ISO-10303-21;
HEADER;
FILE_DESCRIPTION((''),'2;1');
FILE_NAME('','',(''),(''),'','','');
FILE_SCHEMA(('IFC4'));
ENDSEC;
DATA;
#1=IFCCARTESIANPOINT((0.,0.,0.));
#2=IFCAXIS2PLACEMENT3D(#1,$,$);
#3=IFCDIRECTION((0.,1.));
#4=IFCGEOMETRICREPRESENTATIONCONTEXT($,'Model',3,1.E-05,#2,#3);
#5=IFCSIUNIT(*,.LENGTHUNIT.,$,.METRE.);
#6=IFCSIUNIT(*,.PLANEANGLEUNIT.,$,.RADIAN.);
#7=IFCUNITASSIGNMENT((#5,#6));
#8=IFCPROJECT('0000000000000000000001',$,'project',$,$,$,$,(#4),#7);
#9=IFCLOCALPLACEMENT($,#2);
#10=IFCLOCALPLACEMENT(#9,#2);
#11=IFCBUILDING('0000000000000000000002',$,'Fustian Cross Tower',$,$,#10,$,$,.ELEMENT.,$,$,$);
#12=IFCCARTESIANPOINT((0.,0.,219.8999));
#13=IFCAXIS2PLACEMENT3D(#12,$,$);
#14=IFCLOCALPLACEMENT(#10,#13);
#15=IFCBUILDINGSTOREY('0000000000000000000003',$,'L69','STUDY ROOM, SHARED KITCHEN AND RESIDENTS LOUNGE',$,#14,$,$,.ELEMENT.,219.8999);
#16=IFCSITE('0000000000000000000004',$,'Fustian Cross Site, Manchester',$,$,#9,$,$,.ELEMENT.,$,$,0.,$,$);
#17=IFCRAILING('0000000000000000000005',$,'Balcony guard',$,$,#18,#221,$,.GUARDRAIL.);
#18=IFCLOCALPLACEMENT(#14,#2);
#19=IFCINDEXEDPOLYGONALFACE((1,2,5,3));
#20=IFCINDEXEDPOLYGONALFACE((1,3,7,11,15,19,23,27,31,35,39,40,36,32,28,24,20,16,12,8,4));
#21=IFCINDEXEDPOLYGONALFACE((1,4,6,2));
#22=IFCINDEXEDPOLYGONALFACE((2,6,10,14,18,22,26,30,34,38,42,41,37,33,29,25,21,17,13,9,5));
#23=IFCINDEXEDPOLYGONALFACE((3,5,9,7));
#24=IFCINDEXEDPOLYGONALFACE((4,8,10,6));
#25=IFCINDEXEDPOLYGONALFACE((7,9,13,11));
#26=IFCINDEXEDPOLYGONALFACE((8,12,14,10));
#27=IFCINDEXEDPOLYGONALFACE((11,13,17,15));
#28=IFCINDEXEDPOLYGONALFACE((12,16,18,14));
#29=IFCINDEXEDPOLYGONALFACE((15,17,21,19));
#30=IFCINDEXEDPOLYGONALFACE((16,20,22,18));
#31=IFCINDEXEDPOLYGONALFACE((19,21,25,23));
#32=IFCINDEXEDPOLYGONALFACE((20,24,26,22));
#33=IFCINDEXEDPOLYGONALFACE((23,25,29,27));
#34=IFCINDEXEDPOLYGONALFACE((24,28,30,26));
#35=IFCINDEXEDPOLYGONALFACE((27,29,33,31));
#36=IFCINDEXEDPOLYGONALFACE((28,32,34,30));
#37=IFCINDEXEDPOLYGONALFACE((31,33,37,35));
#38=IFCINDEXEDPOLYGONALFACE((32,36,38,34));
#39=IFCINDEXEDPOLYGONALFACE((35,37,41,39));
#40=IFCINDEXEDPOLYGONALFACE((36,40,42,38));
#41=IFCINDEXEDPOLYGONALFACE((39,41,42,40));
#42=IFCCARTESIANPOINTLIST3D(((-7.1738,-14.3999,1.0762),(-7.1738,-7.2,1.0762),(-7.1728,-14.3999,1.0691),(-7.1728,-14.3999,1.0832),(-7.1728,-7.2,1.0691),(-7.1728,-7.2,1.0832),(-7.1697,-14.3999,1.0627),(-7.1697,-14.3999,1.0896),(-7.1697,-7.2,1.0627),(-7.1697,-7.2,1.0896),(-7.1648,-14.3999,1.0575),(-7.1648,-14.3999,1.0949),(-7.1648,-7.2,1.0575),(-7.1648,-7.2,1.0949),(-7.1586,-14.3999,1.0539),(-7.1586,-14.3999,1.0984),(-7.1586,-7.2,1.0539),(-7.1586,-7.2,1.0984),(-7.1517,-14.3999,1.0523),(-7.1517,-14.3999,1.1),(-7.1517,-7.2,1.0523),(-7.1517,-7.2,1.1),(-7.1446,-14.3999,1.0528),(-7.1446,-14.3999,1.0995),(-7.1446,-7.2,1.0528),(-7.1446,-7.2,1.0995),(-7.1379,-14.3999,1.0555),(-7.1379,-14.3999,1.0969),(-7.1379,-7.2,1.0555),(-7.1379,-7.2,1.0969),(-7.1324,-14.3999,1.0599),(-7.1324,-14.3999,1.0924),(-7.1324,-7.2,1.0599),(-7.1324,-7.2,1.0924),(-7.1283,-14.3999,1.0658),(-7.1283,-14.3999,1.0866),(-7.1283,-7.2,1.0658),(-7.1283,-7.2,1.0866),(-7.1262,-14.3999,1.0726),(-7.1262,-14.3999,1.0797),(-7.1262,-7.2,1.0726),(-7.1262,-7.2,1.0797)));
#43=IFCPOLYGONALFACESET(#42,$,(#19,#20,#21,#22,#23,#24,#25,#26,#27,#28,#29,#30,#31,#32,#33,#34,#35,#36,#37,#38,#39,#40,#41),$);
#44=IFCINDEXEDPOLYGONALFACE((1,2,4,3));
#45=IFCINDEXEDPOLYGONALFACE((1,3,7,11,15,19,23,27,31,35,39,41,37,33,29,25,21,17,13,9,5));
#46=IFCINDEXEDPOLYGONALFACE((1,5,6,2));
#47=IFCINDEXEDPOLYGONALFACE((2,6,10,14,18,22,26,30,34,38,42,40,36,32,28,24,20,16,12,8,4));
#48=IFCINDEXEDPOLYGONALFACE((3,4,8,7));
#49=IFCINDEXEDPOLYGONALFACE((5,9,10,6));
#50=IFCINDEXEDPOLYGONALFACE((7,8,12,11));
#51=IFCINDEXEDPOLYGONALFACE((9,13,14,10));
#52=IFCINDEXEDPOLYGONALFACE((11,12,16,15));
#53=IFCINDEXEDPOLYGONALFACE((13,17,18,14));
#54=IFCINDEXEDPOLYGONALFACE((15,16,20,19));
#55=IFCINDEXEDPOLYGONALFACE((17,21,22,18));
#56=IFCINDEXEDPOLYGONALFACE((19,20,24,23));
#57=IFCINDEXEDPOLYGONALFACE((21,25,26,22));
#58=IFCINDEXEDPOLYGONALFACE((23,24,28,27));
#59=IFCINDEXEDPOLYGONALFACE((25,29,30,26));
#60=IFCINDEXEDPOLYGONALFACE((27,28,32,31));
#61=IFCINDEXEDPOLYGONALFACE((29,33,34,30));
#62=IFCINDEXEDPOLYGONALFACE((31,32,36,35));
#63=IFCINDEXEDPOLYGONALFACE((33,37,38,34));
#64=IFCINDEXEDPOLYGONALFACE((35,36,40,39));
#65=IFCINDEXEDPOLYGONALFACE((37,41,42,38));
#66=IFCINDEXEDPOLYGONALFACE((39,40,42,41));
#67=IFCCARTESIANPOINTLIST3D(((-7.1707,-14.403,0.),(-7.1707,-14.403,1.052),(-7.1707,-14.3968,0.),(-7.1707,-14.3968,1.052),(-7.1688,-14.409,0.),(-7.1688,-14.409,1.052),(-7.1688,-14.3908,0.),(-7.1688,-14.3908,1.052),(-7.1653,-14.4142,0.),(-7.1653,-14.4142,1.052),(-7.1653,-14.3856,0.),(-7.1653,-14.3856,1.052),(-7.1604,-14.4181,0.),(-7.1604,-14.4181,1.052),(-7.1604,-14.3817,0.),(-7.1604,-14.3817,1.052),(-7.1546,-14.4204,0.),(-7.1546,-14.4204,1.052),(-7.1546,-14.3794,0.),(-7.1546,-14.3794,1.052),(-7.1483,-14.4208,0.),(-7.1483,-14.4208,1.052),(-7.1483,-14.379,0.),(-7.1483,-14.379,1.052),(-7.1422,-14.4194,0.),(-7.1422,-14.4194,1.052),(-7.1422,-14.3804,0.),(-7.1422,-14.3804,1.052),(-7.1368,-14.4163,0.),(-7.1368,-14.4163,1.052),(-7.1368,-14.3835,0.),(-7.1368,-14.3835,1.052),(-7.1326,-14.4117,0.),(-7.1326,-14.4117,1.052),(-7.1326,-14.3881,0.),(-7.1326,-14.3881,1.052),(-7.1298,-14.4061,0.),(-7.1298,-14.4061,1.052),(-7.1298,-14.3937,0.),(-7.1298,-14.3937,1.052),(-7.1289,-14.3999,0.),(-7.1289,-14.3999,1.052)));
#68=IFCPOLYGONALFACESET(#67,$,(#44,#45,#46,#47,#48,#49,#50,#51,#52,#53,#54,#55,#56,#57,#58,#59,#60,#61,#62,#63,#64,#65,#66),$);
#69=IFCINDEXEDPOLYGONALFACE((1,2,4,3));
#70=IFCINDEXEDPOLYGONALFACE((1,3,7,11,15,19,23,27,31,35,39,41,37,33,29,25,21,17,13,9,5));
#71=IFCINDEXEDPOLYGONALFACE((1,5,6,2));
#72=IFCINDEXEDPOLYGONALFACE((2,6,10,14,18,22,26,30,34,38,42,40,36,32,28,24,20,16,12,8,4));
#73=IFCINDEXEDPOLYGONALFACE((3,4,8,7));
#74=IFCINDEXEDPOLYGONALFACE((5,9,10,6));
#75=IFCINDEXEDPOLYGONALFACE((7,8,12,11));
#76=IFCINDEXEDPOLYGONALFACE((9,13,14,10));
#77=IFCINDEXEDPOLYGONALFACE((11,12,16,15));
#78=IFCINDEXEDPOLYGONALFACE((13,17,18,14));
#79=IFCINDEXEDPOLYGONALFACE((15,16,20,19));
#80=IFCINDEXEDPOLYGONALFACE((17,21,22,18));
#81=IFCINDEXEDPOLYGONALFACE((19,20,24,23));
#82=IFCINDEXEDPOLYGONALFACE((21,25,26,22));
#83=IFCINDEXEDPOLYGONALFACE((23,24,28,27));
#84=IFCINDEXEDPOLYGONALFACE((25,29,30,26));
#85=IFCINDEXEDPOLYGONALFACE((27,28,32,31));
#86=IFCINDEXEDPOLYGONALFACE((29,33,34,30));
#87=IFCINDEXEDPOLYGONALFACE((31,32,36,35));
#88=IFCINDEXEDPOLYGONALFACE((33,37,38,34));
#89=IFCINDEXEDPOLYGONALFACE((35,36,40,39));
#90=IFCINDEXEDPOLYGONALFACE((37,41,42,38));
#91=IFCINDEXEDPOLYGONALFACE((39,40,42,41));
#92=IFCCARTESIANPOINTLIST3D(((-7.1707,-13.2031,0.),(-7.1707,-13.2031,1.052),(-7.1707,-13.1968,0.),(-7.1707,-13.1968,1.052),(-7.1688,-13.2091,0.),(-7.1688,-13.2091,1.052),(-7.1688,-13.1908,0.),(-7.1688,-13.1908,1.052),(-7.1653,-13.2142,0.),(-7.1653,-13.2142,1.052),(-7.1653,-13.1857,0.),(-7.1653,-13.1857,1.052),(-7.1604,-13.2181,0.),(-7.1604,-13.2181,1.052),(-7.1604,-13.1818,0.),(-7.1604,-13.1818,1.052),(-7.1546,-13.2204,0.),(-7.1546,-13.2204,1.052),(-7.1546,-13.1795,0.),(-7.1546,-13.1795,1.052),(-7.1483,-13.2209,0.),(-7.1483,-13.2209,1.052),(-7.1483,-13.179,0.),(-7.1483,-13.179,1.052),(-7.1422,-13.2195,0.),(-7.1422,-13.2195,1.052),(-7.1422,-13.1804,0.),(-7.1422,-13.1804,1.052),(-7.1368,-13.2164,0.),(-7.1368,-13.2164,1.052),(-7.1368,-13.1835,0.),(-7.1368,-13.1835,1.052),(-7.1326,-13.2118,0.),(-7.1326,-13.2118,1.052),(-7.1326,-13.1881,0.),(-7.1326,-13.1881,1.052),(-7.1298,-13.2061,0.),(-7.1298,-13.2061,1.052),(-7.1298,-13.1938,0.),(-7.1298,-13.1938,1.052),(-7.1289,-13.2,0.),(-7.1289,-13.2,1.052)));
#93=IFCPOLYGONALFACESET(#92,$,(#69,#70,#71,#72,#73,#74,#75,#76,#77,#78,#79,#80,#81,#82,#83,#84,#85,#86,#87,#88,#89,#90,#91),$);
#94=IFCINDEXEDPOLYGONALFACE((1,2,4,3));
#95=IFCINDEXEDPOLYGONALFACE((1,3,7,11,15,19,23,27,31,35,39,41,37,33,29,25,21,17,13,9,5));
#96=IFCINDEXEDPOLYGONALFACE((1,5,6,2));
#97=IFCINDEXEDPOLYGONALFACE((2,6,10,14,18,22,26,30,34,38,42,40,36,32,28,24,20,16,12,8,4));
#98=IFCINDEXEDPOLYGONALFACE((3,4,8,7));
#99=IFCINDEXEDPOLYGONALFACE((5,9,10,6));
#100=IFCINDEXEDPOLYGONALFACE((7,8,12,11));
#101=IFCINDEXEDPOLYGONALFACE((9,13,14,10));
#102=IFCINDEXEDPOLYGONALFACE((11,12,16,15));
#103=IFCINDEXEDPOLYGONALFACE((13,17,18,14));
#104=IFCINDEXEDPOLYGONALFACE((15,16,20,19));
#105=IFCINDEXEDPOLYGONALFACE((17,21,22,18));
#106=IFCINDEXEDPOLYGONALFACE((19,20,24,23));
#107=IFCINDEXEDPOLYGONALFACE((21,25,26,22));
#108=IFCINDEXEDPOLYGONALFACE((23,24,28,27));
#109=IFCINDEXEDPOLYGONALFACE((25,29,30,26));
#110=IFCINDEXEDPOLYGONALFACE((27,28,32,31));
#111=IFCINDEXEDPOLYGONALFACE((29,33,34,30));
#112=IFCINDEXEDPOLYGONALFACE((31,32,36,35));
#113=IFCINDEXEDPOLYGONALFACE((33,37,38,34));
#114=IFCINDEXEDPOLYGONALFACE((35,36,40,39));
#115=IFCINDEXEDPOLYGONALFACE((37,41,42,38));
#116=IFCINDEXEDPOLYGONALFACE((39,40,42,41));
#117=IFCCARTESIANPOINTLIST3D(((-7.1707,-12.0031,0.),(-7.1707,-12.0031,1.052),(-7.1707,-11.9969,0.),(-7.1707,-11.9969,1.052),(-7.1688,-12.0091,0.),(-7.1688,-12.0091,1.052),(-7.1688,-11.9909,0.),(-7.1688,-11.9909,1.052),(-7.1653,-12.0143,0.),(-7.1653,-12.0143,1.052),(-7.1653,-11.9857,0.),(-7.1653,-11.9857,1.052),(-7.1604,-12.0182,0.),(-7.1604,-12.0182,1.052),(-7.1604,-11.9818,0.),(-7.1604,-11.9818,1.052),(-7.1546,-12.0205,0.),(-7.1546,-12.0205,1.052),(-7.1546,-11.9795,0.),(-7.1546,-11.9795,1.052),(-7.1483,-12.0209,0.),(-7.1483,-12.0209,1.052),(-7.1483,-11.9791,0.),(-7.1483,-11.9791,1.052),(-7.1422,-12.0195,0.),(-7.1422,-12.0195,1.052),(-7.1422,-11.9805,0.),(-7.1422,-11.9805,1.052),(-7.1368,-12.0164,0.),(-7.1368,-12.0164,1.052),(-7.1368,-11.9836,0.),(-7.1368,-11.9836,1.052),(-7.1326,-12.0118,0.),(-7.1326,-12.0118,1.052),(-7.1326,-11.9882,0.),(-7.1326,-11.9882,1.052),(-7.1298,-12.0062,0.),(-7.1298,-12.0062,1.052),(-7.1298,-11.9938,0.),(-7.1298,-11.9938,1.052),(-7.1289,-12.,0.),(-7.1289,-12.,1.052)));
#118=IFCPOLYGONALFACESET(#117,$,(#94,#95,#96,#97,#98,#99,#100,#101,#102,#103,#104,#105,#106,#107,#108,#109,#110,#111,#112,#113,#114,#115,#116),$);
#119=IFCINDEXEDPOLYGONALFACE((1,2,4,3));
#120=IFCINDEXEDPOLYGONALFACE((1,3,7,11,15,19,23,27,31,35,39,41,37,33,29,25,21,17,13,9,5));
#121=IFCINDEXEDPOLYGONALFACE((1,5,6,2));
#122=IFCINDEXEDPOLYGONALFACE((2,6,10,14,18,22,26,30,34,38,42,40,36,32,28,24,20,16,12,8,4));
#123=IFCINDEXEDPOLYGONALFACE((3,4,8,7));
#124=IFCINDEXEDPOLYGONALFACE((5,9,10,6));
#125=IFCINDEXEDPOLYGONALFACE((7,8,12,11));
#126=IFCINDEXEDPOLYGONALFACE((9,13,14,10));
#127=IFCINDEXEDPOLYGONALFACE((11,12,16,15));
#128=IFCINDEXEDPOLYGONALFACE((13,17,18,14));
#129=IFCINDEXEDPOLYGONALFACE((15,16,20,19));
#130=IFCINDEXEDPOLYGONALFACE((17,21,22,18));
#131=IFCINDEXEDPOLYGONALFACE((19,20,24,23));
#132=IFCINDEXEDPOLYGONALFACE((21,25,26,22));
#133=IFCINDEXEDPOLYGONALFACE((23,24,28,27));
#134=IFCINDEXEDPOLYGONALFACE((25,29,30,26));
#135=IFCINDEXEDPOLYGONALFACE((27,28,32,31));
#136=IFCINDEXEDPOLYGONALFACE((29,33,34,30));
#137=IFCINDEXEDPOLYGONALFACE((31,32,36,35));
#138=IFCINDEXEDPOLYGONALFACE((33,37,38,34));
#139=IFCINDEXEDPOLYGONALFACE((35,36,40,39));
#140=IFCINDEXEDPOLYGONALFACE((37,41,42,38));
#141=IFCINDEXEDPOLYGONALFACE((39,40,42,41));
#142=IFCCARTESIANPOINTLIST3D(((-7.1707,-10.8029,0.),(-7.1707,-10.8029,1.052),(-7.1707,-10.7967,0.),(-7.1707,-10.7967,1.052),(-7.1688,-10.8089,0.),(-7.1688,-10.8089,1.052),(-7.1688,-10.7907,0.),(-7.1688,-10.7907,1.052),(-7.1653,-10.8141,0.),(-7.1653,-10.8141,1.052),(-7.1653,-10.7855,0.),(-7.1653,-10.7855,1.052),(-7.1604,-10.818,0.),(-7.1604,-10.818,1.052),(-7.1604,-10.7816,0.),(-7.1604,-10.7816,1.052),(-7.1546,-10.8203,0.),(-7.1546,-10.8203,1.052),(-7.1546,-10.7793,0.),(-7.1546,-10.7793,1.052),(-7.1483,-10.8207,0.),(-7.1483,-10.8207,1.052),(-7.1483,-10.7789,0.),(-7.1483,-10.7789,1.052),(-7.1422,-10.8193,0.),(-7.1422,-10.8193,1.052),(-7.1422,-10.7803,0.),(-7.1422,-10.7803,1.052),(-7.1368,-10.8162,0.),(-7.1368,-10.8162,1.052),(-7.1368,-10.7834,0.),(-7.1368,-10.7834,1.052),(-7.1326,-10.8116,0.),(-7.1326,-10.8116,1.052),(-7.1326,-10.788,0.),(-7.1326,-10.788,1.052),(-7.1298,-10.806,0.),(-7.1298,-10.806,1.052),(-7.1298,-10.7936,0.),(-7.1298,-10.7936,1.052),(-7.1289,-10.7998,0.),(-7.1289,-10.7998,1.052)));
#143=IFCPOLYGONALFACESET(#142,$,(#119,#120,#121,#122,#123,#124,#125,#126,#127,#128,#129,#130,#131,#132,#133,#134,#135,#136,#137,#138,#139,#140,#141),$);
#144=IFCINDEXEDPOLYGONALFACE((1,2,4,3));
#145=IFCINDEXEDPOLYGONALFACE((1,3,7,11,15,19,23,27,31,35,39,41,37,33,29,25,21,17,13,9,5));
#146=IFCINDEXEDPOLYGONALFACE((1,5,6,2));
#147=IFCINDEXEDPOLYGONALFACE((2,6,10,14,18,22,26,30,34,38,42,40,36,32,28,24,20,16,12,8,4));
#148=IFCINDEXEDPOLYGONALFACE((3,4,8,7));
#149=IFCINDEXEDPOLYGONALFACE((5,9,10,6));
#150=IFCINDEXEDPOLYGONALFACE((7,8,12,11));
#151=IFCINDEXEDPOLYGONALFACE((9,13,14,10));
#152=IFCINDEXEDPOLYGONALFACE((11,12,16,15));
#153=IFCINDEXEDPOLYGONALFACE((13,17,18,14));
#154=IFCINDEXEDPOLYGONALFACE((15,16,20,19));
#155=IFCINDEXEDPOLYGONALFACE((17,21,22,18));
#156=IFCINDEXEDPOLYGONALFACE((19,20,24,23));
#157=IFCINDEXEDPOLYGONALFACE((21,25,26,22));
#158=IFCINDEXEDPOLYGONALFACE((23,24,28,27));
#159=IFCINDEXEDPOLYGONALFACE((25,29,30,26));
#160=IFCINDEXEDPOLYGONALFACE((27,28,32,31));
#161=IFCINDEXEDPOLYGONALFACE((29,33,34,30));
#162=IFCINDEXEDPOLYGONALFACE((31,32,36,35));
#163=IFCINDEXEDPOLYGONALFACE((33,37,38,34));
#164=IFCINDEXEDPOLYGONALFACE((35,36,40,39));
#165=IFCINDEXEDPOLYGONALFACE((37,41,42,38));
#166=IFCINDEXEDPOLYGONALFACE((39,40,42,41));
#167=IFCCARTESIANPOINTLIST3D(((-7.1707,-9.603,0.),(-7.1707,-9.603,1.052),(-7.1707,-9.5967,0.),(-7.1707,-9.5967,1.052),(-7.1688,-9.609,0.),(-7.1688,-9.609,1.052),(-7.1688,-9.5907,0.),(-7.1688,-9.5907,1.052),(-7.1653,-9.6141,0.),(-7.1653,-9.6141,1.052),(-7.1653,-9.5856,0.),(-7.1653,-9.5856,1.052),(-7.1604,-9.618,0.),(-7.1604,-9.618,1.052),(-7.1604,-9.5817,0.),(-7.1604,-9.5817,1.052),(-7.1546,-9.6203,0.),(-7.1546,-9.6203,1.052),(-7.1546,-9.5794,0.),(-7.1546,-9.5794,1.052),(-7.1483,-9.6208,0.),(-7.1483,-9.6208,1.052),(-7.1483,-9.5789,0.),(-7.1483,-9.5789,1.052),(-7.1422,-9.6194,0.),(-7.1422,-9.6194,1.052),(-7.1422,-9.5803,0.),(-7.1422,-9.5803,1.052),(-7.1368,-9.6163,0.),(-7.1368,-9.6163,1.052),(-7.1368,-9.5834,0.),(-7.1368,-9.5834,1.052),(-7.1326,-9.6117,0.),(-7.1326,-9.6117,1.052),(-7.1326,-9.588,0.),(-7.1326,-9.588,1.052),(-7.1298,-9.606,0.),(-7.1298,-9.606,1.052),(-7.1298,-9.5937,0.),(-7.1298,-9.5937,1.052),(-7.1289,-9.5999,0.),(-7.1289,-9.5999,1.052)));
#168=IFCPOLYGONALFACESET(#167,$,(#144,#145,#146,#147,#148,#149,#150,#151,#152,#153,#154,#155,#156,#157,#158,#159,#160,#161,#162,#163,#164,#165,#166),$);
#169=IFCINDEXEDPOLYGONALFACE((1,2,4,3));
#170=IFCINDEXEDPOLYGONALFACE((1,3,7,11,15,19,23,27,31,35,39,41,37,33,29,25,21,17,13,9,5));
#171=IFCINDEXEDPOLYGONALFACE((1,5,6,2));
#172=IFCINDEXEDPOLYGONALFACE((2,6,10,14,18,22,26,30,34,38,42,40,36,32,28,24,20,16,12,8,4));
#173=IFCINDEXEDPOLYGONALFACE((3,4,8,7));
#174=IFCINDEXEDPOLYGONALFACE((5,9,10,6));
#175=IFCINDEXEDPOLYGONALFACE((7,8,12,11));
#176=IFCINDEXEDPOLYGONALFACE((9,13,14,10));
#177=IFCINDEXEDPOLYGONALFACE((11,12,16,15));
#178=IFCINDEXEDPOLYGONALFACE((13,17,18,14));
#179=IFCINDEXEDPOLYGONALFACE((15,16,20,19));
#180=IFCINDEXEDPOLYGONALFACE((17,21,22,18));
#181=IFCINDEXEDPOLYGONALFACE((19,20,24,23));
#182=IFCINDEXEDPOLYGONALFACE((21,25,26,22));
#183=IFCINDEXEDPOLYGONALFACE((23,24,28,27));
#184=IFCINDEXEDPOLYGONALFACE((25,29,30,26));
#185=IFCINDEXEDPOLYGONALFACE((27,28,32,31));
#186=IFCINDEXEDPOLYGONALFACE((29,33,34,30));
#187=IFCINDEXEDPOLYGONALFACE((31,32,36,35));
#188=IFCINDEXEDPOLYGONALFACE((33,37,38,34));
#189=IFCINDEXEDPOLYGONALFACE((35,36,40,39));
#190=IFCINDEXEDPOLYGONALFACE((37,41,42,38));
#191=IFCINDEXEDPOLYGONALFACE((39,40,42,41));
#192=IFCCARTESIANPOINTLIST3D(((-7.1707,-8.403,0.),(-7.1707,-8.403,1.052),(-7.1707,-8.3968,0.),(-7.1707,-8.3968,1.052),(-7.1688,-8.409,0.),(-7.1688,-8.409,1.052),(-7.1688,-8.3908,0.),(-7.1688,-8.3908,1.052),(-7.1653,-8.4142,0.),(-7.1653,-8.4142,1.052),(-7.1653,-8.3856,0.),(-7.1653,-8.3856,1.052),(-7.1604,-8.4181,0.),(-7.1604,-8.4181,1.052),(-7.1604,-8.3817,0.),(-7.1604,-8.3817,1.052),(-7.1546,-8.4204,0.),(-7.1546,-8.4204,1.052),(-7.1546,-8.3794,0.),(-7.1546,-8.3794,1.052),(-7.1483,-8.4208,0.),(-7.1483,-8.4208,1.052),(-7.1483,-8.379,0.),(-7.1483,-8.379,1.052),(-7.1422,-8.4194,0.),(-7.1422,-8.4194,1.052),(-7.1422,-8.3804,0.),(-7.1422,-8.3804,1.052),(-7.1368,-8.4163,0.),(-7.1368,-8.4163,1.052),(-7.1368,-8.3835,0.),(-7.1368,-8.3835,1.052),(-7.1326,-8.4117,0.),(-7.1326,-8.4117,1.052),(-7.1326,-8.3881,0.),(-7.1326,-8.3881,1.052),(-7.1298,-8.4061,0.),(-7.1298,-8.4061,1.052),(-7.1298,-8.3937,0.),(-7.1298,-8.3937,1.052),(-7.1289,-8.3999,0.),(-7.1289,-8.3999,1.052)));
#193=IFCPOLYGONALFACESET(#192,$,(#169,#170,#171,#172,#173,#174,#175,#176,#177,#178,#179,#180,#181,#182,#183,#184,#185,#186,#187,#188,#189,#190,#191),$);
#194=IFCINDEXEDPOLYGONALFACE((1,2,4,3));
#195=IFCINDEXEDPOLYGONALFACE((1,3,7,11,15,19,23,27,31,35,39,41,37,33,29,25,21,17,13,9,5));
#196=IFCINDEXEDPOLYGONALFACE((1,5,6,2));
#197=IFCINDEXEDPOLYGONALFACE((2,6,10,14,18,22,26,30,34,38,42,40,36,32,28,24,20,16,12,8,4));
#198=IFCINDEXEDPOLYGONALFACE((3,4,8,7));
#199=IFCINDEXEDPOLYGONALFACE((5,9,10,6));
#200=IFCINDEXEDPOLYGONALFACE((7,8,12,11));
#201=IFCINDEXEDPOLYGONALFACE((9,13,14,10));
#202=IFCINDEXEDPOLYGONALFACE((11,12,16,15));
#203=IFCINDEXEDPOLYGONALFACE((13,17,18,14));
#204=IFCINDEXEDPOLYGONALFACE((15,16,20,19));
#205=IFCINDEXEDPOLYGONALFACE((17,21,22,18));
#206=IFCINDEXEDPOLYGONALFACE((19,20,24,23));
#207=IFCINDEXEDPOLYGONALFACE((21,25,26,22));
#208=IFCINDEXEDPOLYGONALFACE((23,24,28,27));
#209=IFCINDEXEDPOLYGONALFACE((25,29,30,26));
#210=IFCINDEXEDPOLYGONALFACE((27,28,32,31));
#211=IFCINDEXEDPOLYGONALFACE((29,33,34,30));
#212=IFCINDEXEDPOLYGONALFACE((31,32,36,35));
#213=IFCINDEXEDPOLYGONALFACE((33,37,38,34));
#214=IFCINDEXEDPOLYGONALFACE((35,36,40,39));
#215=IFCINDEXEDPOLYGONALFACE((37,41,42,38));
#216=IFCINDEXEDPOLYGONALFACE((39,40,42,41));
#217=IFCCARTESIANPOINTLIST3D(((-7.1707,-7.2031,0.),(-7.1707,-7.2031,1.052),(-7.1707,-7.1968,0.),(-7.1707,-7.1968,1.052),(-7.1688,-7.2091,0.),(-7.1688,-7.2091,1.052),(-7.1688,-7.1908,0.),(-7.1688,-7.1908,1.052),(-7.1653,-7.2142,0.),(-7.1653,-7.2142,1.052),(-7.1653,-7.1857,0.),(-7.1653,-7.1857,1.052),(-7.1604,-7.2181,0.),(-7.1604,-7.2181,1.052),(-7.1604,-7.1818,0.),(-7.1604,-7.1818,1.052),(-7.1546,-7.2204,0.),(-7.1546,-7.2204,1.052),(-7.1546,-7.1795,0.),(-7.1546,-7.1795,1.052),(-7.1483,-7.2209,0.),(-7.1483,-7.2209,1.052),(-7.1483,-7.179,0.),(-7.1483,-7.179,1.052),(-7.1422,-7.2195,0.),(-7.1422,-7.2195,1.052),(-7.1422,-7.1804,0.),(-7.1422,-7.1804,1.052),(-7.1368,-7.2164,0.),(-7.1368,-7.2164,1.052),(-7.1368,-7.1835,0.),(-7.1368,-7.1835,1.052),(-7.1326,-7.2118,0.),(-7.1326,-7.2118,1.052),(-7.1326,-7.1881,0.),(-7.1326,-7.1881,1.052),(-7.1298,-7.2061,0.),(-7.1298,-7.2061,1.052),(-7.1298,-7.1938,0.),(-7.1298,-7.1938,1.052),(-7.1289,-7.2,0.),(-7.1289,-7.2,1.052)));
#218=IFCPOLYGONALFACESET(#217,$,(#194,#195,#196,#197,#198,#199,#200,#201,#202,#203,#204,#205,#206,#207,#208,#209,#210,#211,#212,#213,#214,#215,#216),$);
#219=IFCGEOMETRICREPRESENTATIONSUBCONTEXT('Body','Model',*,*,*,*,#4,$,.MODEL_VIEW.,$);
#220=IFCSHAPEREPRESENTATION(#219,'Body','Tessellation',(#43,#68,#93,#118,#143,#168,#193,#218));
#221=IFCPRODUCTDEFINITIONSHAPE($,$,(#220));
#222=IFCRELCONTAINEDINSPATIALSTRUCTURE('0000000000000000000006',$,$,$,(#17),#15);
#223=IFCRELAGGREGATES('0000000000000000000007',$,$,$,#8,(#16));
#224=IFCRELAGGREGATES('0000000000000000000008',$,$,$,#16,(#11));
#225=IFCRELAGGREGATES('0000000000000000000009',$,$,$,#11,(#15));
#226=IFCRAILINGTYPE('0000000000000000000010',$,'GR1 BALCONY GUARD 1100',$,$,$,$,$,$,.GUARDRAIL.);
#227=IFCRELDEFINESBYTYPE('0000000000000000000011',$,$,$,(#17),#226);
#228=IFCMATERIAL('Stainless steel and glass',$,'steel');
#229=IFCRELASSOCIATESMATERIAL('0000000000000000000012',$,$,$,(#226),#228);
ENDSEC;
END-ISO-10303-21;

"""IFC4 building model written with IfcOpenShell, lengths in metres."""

from ifc_helpers import new_model, si_unit, direction, frame, origin, origin_2d, place, context, subcontext, project, spatial, circle, extrude, material, type_object, element, save


model = new_model("IFC4")

# Units and contexts
model_context = context("Model", 3, precision=1e-05, world=origin(), true_north=direction((0.0, 1.0)))
body_context = subcontext(model_context, "Body", "Model", "MODEL_VIEW")
ifc_project = project(units=[si_unit("LENGTHUNIT", "METRE"), si_unit("PLANEANGLEUNIT", "RADIAN")], contexts=[model_context])

# Site, building, storey
site_placement = place(None, origin())
site = spatial("IfcSite", under=ifc_project, at=site_placement, Name="Fustian Cross Site, Manchester", CompositionType="ELEMENT", RefElevation=0.0)
building_placement = place(site_placement, origin())
building = spatial("IfcBuilding", under=site, at=building_placement, Name="Fustian Cross Tower", CompositionType="ELEMENT")
storey_placement = place(building_placement, frame((0.0, 0.0, 219.8999)))
storey = spatial("IfcBuildingStorey", under=building, at=storey_placement, Name="L69", Description="STUDY ROOM, SHARED KITCHEN AND RESIDENTS LOUNGE", CompositionType="ELEMENT", Elevation=219.8999)

# Railing
ifc_material_1 = material(Name="Stainless steel and glass", Category="steel")
railing_type_1 = type_object("IfcRailingType", Name="GR1 BALCONY GUARD 1100", PredefinedType="GUARDRAIL", material=ifc_material_1)
railing_1_placement = place(storey_placement, frame((-7.1499, -14.3999, 0.0)))
element("IfcRailing", 1, at=railing_1_placement, inside=storey, type_object=railing_type_1, Name="Balcony guard", PredefinedType="GUARDRAIL", context=body_context, shape_type="SweptSolid", body=[
    extrude(circle(Radius=0.0239, at=origin_2d()), frame((0.0, 0.0, 1.0762), z_axis=(0.0, 1.0, 0.0), x_axis=(-1.0, 0.0, 0.0)), (0.0, 0.0, 1.0), 7.2),
    extrude(circle(Radius=0.021, at=origin_2d()), origin(), (0.0, 0.0, 1.0), 1.052),
    extrude(circle(Radius=0.021, at=origin_2d()), frame((0.0, 1.2, 0.0)), (0.0, 0.0, 1.0), 1.052),
    extrude(circle(Radius=0.021, at=origin_2d()), frame((0.0, 2.3999, 0.0)), (0.0, 0.0, 1.0), 1.052),
    extrude(circle(Radius=0.021, at=origin_2d()), frame((0.0, 3.6001, 0.0)), (0.0, 0.0, 1.0), 1.052),
    extrude(circle(Radius=0.021, at=origin_2d()), frame((0.0, 4.8, 0.0)), (0.0, 0.0, 1.0), 1.052),
    extrude(circle(Radius=0.021, at=origin_2d()), frame((0.0, 6.0, 0.0)), (0.0, 0.0, 1.0), 1.052),
    extrude(circle(Radius=0.021, at=origin_2d()), frame((0.0, 7.2, 0.0)), (0.0, 0.0, 1.0), 1.052),
])

save(model, "model.ifc")
